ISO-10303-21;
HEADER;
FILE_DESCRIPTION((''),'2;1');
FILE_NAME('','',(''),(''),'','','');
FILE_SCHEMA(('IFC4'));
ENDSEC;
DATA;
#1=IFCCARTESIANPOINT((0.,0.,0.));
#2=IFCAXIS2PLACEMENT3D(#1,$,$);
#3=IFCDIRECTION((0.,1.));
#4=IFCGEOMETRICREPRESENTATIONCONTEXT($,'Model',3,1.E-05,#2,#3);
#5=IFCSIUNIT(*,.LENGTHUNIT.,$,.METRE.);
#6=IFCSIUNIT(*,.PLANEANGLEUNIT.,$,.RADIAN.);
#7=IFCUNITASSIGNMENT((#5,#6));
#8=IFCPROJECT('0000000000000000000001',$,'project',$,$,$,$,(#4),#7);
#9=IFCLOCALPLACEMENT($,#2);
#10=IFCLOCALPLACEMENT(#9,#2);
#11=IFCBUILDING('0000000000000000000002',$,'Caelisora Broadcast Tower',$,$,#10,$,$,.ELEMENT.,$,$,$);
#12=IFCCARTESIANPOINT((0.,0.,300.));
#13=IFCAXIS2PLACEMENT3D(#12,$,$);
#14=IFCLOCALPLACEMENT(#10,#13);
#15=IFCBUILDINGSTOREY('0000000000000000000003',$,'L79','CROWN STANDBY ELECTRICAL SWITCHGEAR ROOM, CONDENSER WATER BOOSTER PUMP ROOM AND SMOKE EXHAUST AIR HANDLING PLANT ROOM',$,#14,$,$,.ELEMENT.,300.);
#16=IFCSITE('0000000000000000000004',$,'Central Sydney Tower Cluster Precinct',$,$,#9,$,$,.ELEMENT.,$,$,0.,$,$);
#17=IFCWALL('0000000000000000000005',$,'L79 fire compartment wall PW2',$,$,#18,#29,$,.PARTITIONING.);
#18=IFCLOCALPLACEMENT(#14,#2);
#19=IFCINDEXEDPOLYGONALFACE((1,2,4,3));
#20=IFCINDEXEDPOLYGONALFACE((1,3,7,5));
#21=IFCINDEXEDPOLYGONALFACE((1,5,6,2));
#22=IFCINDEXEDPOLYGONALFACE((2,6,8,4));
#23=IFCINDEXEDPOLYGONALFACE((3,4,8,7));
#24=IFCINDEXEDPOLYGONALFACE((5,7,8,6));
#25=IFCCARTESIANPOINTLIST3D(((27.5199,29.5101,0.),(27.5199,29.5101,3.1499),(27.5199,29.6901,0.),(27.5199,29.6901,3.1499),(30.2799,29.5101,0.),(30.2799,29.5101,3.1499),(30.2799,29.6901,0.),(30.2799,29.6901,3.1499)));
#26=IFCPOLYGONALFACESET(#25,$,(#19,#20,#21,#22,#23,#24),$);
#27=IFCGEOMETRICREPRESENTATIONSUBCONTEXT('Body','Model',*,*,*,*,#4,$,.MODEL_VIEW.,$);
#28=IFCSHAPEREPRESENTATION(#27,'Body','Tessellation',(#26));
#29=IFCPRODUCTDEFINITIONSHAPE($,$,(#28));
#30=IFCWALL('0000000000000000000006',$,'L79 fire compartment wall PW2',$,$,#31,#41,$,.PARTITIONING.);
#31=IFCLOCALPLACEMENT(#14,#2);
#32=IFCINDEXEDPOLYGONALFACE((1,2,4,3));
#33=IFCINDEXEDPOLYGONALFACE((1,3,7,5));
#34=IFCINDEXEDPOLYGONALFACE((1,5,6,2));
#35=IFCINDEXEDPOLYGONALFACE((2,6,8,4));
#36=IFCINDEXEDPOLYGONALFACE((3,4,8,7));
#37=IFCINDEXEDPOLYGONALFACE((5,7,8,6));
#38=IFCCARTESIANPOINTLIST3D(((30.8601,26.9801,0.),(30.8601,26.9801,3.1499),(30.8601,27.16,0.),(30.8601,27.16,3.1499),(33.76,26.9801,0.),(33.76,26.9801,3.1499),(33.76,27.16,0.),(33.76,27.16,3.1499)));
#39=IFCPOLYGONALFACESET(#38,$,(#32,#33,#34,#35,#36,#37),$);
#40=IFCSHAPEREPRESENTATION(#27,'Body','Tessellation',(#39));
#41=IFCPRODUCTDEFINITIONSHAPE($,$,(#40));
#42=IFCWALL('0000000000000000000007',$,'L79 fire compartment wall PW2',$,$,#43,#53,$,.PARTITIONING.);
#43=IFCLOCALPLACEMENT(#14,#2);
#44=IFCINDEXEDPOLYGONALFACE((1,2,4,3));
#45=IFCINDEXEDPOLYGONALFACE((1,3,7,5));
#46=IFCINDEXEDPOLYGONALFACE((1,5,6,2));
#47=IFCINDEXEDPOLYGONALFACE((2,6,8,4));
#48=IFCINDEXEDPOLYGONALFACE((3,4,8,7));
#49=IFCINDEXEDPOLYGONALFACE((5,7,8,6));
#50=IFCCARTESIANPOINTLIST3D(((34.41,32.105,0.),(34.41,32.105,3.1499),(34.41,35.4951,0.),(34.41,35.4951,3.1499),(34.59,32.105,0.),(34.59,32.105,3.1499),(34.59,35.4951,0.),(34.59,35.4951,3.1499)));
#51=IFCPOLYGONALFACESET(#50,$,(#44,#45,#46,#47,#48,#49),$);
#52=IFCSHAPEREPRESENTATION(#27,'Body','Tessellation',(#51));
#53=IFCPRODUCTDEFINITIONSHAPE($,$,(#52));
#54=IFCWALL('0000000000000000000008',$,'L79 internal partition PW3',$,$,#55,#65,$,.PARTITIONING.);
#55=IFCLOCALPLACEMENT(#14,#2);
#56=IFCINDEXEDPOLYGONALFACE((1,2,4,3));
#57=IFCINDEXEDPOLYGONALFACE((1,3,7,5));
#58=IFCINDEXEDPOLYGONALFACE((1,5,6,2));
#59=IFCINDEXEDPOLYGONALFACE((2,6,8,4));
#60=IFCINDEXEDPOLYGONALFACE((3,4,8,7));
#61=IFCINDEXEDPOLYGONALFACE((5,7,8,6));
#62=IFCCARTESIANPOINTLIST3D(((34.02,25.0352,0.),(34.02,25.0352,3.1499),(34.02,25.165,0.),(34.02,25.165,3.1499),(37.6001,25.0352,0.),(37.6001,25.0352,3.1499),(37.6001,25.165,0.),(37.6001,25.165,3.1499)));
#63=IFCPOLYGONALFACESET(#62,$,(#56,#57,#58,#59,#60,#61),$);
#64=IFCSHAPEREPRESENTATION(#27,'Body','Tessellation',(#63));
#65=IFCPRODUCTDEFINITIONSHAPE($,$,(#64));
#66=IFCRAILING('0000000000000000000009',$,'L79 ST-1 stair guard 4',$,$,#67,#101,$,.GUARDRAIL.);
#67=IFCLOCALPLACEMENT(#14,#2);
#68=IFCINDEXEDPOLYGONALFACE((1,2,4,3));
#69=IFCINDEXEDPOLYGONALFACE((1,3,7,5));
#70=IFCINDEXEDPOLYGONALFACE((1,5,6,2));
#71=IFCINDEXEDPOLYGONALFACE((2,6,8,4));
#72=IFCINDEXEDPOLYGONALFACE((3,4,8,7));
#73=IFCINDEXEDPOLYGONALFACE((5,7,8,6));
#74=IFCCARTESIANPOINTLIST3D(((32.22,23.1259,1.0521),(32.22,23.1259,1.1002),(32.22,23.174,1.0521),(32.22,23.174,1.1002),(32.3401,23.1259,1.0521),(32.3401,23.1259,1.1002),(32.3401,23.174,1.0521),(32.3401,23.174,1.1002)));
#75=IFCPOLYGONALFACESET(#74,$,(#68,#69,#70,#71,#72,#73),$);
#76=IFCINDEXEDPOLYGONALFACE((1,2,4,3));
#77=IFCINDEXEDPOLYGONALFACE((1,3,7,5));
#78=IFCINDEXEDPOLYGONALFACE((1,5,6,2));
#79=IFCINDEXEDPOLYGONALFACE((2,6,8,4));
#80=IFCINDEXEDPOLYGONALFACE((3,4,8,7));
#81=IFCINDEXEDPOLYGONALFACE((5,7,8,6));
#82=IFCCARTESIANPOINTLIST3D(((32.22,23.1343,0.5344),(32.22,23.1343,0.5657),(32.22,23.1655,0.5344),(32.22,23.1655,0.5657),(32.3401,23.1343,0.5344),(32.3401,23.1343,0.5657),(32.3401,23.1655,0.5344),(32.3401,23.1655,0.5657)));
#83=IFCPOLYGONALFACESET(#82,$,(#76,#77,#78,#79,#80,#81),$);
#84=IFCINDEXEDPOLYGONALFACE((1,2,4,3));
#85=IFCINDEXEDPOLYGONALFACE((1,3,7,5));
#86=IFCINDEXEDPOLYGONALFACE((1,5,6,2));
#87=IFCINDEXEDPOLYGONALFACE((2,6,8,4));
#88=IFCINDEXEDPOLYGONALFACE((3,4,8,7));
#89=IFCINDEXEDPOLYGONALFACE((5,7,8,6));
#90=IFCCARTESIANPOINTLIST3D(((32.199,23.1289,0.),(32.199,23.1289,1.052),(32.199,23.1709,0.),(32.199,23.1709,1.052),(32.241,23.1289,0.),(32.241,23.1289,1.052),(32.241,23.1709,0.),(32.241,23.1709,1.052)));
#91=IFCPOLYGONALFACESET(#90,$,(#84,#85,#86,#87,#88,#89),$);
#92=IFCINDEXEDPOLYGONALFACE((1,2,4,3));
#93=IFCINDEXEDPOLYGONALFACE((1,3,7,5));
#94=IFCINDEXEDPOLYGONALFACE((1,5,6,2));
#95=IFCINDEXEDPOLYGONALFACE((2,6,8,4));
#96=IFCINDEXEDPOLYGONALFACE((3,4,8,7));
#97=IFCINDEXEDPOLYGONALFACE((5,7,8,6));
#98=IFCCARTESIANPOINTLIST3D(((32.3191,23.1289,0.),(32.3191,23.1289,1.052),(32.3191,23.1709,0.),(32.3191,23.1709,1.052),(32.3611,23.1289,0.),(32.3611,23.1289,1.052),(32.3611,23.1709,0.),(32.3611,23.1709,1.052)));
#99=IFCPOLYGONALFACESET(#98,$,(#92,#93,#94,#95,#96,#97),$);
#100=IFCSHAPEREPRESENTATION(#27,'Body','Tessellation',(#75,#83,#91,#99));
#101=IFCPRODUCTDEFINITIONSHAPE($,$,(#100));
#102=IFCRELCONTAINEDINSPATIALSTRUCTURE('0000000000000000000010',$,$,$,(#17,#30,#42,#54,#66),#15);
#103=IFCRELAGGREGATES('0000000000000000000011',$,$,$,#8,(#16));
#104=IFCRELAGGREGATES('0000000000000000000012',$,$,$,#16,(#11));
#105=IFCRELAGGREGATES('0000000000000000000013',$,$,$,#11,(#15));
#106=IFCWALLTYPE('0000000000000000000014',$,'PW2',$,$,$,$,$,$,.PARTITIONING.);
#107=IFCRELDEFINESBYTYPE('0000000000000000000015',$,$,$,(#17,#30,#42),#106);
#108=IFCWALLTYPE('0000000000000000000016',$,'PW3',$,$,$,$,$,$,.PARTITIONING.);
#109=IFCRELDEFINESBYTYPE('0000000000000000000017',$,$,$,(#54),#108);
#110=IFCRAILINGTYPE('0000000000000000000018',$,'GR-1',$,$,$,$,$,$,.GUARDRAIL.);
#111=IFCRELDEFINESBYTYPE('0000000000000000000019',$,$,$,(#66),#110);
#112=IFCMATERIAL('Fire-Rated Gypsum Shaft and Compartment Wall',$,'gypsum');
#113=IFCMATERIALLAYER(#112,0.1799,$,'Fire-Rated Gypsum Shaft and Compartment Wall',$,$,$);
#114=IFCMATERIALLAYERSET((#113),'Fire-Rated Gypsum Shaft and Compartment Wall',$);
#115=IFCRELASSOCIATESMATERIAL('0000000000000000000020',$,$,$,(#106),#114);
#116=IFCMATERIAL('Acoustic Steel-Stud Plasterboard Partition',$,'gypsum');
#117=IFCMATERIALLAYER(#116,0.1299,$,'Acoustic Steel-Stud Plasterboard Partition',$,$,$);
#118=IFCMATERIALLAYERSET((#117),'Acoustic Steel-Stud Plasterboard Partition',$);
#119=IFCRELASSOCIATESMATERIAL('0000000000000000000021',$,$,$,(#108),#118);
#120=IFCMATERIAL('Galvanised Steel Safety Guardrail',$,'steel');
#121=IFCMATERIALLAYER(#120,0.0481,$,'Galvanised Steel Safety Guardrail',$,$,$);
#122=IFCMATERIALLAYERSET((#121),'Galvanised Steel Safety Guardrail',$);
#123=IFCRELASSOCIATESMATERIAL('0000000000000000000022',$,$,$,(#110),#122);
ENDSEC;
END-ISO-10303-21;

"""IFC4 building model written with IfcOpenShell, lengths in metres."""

from ifc_helpers import new_model, si_unit, direction, frame, frame_2d, origin, origin_2d, place, context, subcontext, project, spatial, rectangle, extrude, material, layer, layer_set, type_object, element, save


model = new_model("IFC4")

# Units and contexts
model_context = context("Model", 3, precision=1e-05, world=origin(), true_north=direction((0.0, 1.0)))
body_context = subcontext(model_context, "Body", "Model", "MODEL_VIEW")
ifc_project = project(units=[si_unit("LENGTHUNIT", "METRE"), si_unit("PLANEANGLEUNIT", "RADIAN")], contexts=[model_context])

# Site, building, storey
site_placement = place(None, origin())
site = spatial("IfcSite", under=ifc_project, at=site_placement, Name="Central Sydney Tower Cluster Precinct", CompositionType="ELEMENT", RefElevation=0.0)
building_placement = place(site_placement, origin())
building = spatial("IfcBuilding", under=site, at=building_placement, Name="Caelisora Broadcast Tower", CompositionType="ELEMENT")
storey_placement = place(building_placement, frame((0.0, 0.0, 300.0)))
storey = spatial("IfcBuildingStorey", under=building, at=storey_placement, Name="L79", Description="CROWN STANDBY ELECTRICAL SWITCHGEAR ROOM, CONDENSER WATER BOOSTER PUMP ROOM AND SMOKE EXHAUST AIR HANDLING PLANT ROOM", CompositionType="ELEMENT", Elevation=300.0)

# Shared definitions
ifc_material_1 = material(Name="Fire-Rated Gypsum Shaft and Compartment Wall", Category="gypsum")
ifc_layer_1 = layer(ifc_material_1, 0.1799, Name="Fire-Rated Gypsum Shaft and Compartment Wall")
ifc_layer_set_1 = layer_set([ifc_layer_1], Name="Fire-Rated Gypsum Shaft and Compartment Wall")
wall_type_1 = type_object("IfcWallType", Name="PW2", PredefinedType="PARTITIONING", material=ifc_layer_set_1)

# Walls
for number, where, z_axis, x_axis, name in (
    (1, (27.52, 29.6001, 0.0), (0.0, 0.0, 1.0), (1.0, 0.0, 0.0), "L79 fire compartment wall PW2"),
):
    element("IfcWall", number, at=place(storey_placement, frame(where, z_axis=z_axis, x_axis=x_axis)), inside=storey, type_object=wall_type_1, Name=name, PredefinedType="PARTITIONING", context=body_context, shape_type="SweptSolid", body=[
        extrude(rectangle(XDim=2.76, YDim=0.1799, at=frame_2d((1.3799, 0.0))), origin(), (0.0, 0.0, 1.0), 3.1499),
    ])
wall_1_placement = place(storey_placement, frame((30.8601, 27.0701, 0.0), z_axis=(0.0, 0.0, 1.0), x_axis=(1.0, 0.0, 0.0)))
element("IfcWall", 2, at=wall_1_placement, inside=storey, type_object=wall_type_1, Name="L79 fire compartment wall PW2", PredefinedType="PARTITIONING", context=body_context, shape_type="SweptSolid", body=[
    extrude(rectangle(XDim=2.8999, YDim=0.1799, at=frame_2d((1.45, 0.0))), origin(), (0.0, 0.0, 1.0), 3.1499),
])

# Walls
wall_2_placement = place(storey_placement, frame((34.5, 32.105, 0.0), z_axis=(0.0, 0.0, 1.0), x_axis=(0.0, 1.0, 0.0)))
element("IfcWall", 3, at=wall_2_placement, inside=storey, type_object=wall_type_1, Name="L79 fire compartment wall PW2", PredefinedType="PARTITIONING", context=body_context, shape_type="SweptSolid", body=[
    extrude(rectangle(XDim=3.3901, YDim=0.1799, at=frame_2d((1.6951, 0.0))), origin(), (0.0, 0.0, 1.0), 3.1499),
])
ifc_material_2 = material(Name="Acoustic Steel-Stud Plasterboard Partition", Category="gypsum")
ifc_layer_2 = layer(ifc_material_2, 0.1299, Name="Acoustic Steel-Stud Plasterboard Partition")
ifc_layer_set_2 = layer_set([ifc_layer_2], Name="Acoustic Steel-Stud Plasterboard Partition")
wall_type_2 = type_object("IfcWallType", Name="PW3", PredefinedType="PARTITIONING", material=ifc_layer_set_2)
wall_3_placement = place(storey_placement, frame((34.02, 25.1001, 0.0), z_axis=(0.0, 0.0, 1.0), x_axis=(1.0, 0.0, 0.0)))
element("IfcWall", 4, at=wall_3_placement, inside=storey, type_object=wall_type_2, Name="L79 internal partition PW3", PredefinedType="PARTITIONING", context=body_context, shape_type="SweptSolid", body=[
    extrude(rectangle(XDim=3.5801, YDim=0.1299, at=frame_2d((1.79, 0.0))), origin(), (0.0, 0.0, 1.0), 3.1499),
])

# Railing
ifc_material_3 = material(Name="Galvanised Steel Safety Guardrail", Category="steel")
ifc_layer_3 = layer(ifc_material_3, 0.0481, Name="Galvanised Steel Safety Guardrail")
ifc_layer_set_3 = layer_set([ifc_layer_3], Name="Galvanised Steel Safety Guardrail")
railing_type = type_object("IfcRailingType", Name="GR-1", PredefinedType="GUARDRAIL", material=ifc_layer_set_3)
railing_placement = place(storey_placement, frame((32.22, 23.1499, 0.0)))
element("IfcRailing", 5, at=railing_placement, inside=storey, type_object=railing_type, Name="L79 ST-1 stair guard 4", PredefinedType="GUARDRAIL", context=body_context, shape_type="SweptSolid", body=[
    extrude(rectangle(XDim=0.0481, YDim=0.0481, at=origin_2d()), frame((0.0, 0.0, 1.0762), z_axis=(1.0, 0.0, 0.0), x_axis=(0.0, 1.0, 0.0)), (0.0, 0.0, 1.0), 0.1201),
    extrude(rectangle(XDim=0.0312, YDim=0.0312, at=origin_2d()), frame((0.0, 0.0, 0.55), z_axis=(1.0, 0.0, 0.0), x_axis=(0.0, 1.0, 0.0)), (0.0, 0.0, 1.0), 0.1201),
    extrude(rectangle(XDim=0.042, YDim=0.042, at=origin_2d()), origin(), (0.0, 0.0, 1.0), 1.052),
    extrude(rectangle(XDim=0.042, YDim=0.042, at=origin_2d()), frame((0.1201, 0.0, 0.0)), (0.0, 0.0, 1.0), 1.052),
])

save(model, "model.ifc")
